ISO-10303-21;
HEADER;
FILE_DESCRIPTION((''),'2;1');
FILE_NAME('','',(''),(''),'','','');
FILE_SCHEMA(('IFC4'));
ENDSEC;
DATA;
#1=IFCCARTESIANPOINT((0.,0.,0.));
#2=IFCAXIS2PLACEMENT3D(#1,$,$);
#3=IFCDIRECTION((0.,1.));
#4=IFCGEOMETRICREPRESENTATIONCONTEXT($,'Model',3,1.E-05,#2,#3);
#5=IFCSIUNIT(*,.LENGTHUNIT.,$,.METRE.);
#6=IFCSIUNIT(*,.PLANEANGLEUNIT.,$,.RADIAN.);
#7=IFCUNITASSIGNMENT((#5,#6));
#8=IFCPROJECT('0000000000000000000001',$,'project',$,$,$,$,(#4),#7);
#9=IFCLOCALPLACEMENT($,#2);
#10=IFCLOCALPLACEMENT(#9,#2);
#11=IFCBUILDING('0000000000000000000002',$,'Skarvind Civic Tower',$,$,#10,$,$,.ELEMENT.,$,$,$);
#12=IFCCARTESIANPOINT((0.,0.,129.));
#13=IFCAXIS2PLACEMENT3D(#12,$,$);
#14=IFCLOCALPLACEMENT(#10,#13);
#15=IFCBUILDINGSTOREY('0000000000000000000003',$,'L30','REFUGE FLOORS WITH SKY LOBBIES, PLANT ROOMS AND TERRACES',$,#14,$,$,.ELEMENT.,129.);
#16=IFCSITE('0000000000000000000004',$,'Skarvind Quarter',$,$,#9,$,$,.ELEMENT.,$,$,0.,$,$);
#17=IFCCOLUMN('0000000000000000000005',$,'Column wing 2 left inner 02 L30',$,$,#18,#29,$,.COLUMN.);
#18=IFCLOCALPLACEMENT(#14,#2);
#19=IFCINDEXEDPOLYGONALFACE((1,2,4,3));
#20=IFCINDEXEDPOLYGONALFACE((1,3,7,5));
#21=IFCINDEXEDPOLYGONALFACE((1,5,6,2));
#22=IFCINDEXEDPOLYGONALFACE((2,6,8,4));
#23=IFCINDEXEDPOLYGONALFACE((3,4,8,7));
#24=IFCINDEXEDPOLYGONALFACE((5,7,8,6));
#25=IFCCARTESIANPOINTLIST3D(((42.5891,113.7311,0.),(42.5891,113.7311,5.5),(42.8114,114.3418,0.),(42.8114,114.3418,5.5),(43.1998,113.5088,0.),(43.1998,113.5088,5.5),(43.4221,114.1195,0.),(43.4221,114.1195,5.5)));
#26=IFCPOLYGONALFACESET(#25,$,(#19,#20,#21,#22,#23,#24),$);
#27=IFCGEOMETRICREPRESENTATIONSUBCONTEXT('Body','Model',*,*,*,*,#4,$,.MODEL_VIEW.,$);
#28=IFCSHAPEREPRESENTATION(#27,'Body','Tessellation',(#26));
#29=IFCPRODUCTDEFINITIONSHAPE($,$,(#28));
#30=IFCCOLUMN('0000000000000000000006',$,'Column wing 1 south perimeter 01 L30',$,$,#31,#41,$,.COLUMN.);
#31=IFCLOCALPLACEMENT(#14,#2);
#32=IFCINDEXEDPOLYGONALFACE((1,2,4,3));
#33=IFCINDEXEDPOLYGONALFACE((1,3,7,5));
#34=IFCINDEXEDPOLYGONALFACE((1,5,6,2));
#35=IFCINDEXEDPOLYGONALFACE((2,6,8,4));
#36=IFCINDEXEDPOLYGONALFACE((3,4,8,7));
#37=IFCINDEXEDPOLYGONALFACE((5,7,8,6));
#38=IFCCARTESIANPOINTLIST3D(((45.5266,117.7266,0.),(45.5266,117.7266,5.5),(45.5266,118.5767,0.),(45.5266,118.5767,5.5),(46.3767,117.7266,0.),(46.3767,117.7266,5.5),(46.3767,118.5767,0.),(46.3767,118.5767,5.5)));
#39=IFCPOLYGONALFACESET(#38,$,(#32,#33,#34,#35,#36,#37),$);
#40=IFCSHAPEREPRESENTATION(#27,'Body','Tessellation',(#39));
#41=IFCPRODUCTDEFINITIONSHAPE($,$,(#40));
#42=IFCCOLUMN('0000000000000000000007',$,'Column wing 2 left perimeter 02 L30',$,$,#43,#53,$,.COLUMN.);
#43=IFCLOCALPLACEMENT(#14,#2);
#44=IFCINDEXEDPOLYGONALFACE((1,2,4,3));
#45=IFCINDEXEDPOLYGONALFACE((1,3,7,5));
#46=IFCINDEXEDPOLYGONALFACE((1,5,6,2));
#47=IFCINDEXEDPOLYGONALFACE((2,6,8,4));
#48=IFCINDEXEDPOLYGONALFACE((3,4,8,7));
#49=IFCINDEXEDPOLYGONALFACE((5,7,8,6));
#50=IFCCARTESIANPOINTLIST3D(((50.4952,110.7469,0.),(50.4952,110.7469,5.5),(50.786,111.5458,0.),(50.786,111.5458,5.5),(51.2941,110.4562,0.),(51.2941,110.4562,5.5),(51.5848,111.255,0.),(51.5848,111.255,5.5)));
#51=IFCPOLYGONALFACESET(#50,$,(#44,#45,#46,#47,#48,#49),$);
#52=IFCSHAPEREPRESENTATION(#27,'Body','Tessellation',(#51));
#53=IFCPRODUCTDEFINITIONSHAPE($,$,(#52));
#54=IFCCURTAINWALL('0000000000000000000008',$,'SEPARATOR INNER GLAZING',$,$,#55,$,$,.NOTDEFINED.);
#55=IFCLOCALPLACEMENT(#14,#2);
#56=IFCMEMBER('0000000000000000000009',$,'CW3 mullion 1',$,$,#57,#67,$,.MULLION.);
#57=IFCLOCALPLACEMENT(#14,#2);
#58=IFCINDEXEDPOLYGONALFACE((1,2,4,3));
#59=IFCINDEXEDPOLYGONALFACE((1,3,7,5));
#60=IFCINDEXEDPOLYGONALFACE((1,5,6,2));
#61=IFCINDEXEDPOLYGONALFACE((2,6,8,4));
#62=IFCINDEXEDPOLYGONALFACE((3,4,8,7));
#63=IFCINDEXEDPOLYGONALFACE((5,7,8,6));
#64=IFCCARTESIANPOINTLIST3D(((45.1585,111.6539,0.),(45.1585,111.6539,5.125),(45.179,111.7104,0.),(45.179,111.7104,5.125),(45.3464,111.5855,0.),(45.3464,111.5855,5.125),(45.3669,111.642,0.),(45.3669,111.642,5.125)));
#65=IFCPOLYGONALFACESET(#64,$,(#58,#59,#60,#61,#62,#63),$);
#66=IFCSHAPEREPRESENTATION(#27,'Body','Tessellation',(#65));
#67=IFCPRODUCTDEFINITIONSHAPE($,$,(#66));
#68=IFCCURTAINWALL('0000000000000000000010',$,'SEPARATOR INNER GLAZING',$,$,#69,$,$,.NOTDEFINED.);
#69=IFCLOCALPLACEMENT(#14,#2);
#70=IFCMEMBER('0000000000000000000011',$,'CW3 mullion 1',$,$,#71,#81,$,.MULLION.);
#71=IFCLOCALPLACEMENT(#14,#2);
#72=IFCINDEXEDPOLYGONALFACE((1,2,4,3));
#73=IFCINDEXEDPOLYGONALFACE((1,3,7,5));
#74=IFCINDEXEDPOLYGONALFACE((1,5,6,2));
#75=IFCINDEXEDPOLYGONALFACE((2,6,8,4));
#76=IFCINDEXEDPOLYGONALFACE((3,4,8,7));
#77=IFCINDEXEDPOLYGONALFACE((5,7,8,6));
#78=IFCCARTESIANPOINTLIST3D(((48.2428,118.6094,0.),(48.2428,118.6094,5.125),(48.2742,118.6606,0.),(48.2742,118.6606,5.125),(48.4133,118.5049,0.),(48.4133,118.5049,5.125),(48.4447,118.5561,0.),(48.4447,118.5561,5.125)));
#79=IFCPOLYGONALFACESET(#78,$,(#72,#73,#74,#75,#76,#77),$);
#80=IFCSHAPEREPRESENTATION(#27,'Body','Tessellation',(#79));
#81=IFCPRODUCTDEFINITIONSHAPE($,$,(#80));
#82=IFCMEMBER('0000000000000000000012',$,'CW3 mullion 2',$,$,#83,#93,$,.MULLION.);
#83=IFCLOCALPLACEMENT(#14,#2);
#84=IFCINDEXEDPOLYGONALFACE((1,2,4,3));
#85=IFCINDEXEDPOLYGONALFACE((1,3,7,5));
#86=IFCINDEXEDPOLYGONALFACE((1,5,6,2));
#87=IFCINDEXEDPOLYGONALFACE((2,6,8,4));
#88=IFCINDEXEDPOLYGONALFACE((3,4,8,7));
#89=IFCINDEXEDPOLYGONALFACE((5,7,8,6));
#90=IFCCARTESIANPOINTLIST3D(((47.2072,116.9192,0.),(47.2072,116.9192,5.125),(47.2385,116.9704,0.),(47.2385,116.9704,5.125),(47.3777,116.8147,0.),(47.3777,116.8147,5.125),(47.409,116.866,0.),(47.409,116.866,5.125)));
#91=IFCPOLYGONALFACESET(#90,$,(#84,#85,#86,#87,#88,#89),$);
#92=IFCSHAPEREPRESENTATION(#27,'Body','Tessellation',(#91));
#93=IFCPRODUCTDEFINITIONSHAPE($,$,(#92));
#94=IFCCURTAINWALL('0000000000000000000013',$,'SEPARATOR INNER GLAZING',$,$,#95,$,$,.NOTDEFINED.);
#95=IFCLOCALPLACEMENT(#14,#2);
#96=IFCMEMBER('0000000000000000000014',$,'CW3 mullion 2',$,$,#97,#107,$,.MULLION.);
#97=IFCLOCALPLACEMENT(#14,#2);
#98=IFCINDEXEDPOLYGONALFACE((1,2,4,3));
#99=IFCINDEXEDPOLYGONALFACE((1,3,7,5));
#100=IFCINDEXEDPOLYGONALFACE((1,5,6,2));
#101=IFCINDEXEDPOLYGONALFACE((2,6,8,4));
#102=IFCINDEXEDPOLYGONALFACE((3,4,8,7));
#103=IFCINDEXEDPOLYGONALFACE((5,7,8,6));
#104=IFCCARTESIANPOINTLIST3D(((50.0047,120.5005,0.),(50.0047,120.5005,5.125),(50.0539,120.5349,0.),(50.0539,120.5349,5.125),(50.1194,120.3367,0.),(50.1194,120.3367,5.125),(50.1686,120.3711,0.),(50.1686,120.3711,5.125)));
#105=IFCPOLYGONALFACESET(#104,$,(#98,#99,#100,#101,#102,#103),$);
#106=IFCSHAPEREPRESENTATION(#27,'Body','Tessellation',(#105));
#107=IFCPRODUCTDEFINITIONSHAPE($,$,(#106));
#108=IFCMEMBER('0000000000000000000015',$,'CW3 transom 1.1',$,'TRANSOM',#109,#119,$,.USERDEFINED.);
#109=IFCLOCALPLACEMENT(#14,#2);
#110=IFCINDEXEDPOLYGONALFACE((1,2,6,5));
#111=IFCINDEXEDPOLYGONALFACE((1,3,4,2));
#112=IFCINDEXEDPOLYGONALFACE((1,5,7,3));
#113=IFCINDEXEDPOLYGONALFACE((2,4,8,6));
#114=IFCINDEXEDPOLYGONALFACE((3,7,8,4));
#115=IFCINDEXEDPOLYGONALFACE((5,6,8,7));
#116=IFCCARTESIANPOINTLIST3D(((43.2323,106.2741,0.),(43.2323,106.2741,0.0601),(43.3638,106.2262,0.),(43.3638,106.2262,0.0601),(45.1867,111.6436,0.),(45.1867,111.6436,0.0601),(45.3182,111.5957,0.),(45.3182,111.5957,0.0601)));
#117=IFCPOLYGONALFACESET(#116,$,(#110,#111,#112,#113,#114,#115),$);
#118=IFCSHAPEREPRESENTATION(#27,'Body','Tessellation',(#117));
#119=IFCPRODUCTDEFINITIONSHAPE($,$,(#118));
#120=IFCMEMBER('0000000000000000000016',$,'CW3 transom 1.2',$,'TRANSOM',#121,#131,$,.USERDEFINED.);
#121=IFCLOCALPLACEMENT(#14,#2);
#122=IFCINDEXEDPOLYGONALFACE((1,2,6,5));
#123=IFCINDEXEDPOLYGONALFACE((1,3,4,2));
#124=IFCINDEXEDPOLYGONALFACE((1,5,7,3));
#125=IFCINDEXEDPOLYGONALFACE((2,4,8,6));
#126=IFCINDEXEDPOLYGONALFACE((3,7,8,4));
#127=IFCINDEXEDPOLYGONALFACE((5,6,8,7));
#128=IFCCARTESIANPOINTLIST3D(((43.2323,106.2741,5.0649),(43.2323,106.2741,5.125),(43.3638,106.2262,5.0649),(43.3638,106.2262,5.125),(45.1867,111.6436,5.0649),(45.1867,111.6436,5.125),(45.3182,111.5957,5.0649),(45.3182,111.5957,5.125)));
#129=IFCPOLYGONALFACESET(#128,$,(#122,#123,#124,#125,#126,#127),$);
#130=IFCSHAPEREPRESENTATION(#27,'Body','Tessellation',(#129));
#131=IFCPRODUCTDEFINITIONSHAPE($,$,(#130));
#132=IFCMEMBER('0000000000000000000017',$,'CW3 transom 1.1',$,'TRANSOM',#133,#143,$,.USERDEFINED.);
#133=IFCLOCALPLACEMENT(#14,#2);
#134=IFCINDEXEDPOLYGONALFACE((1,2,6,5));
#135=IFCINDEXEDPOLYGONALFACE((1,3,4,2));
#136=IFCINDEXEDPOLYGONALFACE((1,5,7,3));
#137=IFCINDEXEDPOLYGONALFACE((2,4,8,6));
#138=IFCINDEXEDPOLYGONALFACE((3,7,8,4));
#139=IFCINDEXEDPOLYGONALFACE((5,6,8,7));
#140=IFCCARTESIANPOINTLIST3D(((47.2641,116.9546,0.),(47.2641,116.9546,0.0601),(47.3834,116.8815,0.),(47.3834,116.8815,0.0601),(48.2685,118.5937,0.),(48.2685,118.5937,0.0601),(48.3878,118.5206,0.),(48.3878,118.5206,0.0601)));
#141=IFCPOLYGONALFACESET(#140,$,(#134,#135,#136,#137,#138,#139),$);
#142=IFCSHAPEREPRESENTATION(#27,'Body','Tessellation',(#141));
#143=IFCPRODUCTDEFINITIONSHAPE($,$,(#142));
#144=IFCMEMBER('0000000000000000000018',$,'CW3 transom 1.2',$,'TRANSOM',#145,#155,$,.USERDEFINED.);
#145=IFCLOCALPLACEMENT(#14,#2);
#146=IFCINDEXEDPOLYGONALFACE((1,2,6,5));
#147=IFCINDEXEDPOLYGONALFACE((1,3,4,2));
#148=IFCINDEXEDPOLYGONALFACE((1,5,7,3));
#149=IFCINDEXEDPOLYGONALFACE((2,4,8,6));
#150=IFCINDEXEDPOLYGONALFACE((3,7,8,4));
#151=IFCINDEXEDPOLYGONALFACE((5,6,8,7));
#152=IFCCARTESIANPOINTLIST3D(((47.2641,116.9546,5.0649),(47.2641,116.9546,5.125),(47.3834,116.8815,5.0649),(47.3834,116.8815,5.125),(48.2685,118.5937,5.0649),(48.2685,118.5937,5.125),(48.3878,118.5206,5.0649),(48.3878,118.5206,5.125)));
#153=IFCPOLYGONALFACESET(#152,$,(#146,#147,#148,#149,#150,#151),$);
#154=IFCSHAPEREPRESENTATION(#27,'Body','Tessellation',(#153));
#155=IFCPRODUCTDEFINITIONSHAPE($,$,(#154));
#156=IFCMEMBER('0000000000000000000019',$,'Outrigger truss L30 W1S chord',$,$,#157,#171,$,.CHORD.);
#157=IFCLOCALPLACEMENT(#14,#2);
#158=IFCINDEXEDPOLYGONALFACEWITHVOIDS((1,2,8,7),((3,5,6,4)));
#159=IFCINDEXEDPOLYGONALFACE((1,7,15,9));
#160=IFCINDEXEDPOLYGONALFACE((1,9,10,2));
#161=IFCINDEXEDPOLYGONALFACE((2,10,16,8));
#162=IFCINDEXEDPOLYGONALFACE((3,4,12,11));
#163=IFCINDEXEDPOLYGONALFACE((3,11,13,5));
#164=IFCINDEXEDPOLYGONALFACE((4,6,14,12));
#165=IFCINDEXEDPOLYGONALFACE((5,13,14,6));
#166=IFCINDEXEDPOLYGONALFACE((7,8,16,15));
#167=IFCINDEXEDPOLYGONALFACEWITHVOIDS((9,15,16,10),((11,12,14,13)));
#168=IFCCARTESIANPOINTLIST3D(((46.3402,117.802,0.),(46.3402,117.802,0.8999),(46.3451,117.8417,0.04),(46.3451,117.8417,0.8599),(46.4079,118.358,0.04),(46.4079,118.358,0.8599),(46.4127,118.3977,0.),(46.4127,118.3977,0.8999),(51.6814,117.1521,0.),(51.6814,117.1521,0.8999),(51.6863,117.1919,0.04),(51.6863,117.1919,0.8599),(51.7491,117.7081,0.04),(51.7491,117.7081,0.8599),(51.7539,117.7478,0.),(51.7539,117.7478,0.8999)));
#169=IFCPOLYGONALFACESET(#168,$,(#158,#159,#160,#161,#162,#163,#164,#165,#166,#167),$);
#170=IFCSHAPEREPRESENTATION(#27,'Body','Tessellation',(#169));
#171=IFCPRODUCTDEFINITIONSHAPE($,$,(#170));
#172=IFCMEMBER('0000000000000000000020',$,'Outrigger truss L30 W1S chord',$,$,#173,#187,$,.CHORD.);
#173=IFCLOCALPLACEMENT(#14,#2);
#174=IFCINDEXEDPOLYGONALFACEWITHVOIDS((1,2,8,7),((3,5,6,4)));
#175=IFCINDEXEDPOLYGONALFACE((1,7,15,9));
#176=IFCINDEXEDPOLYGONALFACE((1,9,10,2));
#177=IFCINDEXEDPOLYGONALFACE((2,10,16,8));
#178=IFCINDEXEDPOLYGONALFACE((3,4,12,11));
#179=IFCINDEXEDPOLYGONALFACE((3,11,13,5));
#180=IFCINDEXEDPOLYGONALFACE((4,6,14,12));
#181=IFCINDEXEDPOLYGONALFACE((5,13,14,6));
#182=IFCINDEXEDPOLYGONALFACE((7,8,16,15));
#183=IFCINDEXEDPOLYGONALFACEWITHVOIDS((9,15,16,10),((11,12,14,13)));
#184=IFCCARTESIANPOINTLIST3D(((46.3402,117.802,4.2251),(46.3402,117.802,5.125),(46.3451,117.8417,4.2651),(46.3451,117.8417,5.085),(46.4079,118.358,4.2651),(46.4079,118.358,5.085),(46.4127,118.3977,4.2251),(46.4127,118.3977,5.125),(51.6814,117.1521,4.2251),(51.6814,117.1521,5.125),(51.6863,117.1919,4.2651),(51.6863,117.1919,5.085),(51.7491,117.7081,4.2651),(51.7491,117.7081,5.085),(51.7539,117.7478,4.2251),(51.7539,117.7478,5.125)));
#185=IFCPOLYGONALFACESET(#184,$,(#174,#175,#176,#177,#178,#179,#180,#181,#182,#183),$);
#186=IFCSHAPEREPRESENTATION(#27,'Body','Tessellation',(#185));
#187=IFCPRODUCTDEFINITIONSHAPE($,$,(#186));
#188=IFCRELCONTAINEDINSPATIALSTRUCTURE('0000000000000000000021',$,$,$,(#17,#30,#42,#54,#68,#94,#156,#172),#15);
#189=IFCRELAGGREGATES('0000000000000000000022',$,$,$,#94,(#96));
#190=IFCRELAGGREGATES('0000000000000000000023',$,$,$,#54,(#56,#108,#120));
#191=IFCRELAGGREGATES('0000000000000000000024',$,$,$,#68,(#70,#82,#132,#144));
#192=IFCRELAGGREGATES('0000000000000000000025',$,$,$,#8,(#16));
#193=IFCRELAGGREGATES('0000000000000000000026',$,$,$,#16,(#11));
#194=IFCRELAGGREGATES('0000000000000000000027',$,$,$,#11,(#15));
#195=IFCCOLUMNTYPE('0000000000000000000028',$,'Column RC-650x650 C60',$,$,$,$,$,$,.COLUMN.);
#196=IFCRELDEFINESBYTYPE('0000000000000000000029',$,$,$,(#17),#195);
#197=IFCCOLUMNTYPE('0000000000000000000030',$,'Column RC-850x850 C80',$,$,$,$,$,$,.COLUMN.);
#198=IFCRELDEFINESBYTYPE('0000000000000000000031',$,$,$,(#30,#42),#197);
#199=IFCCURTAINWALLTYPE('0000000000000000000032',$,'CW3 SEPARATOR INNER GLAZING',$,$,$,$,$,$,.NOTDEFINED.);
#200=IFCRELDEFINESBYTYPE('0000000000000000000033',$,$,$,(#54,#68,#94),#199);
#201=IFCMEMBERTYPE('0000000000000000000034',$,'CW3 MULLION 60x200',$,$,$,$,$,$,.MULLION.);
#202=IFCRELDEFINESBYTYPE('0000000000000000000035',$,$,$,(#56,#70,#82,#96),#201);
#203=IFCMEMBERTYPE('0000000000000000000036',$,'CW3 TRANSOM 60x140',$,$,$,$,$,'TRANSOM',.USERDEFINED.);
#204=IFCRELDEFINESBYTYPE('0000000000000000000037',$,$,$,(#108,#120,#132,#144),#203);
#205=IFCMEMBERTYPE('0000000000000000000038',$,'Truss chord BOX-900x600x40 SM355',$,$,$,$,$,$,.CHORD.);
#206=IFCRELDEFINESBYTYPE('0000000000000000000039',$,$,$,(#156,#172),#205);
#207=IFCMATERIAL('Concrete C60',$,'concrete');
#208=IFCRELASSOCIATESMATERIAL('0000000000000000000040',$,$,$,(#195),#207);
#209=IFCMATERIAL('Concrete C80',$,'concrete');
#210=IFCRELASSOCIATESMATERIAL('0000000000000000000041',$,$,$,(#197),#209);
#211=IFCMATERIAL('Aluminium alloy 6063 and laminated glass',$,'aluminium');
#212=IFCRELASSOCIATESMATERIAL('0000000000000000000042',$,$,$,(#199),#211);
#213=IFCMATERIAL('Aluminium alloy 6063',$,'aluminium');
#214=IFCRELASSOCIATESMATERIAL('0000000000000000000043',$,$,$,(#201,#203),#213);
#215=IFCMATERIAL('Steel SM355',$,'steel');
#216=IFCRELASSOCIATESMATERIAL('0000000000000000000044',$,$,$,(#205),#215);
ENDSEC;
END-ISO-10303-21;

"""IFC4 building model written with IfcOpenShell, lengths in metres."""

from ifc_helpers import new_model, si_unit, direction, frame, origin, origin_2d, place, context, subcontext, project, spatial, rectangle, hollow_rectangle, extrude, material, material_profile, profile_set, type_object, element, aggregate, save


model = new_model("IFC4")

# Units and contexts
model_context = context("Model", 3, precision=1e-05, world=origin(), true_north=direction((0.0, 1.0)))
body_context = subcontext(model_context, "Body", "Model", "MODEL_VIEW")
ifc_project = project(units=[si_unit("LENGTHUNIT", "METRE"), si_unit("PLANEANGLEUNIT", "RADIAN")], contexts=[model_context])

# Site, building, storey
site_placement = place(None, origin())
site = spatial("IfcSite", under=ifc_project, at=site_placement, Name="Skarvind Quarter", CompositionType="ELEMENT", RefElevation=0.0)
building_placement = place(site_placement, origin())
building = spatial("IfcBuilding", under=site, at=building_placement, Name="Skarvind Civic Tower", CompositionType="ELEMENT")
storey_placement = place(building_placement, frame((0.0, 0.0, 129.0)))
storey = spatial("IfcBuildingStorey", under=building, at=storey_placement, Name="L30", Description="REFUGE FLOORS WITH SKY LOBBIES, PLANT ROOMS AND TERRACES", CompositionType="ELEMENT", Elevation=129.0)

# Columns
ifc_material_1 = material(Name="Concrete C60", Category="concrete")
ifc_material_profile_1 = material_profile(ifc_material_1, rectangle(XDim=0.6499, YDim=0.6499, at=origin_2d()), Name="RC-650x650")
ifc_profile_set_1 = profile_set([ifc_material_profile_1], Name="Concrete C60")
column_type_1 = type_object("IfcColumnType", Name="Column RC-650x650 C60", PredefinedType="COLUMN", material=ifc_profile_set_1)
column_placement = place(storey_placement, frame((43.0056, 113.9253, 0.0), z_axis=(0.0, 0.0, 1.0), x_axis=(-0.34202, -0.939693, 0.0)))
element("IfcColumn", 1, at=column_placement, inside=storey, type_object=column_type_1, Name="Column wing 2 left inner 02 L30", PredefinedType="COLUMN", context=body_context, shape_type="SweptSolid", body=[
    extrude(rectangle(XDim=0.6499, YDim=0.6499, at=origin_2d()), origin(), (0.0, 0.0, 1.0), 5.5),
])
ifc_material_2 = material(Name="Concrete C80", Category="concrete")
ifc_material_profile_2 = material_profile(ifc_material_2, rectangle(XDim=0.8501, YDim=0.8501, at=origin_2d()), Name="RC-850x850")
ifc_profile_set_2 = profile_set([ifc_material_profile_2], Name="Concrete C80")
column_type_2 = type_object("IfcColumnType", Name="Column RC-850x850 C80", PredefinedType="COLUMN", material=ifc_profile_set_2)
for number, where, z_axis, x_axis, name in (
    (2, (45.9517, 118.1516, 0.0), (0.0, 0.0, 1.0), (1.0, 0.0, 0.0), "Column wing 1 south perimeter 01 L30"),
    (3, (51.04, 111.001, 0.0), (0.0, 0.0, 1.0), (-0.34202, -0.939693, 0.0), "Column wing 2 left perimeter 02 L30"),
):
    element("IfcColumn", number, at=place(storey_placement, frame(where, z_axis=z_axis, x_axis=x_axis)), inside=storey, type_object=column_type_2, Name=name, PredefinedType="COLUMN", context=body_context, shape_type="SweptSolid", body=[
        extrude(rectangle(XDim=0.8501, YDim=0.8501, at=origin_2d()), origin(), (0.0, 0.0, 1.0), 5.5),
    ])

# Curtain wall, member
ifc_material_3 = material(Name="Aluminium alloy 6063 and laminated glass", Category="aluminium")
curtain_wall_type = type_object("IfcCurtainWallType", Name="CW3 SEPARATOR INNER GLAZING", PredefinedType="NOTDEFINED", material=ifc_material_3)
curtain_wall_1_placement = place(storey_placement, origin())
curtain_wall_1 = element("IfcCurtainWall", 4, at=curtain_wall_1_placement, inside=storey, type_object=curtain_wall_type, Name="SEPARATOR INNER GLAZING", PredefinedType="NOTDEFINED")
ifc_material_4 = material(Name="Aluminium alloy 6063", Category="aluminium")
ifc_material_profile_3 = material_profile(ifc_material_4, rectangle(XDim=0.2, YDim=0.0601, at=origin_2d()), Name="AL 60x200")
ifc_profile_set_3 = profile_set([ifc_material_profile_3], Name="Aluminium alloy 6063")
member_type_1 = type_object("IfcMemberType", Name="CW3 MULLION 60x200", PredefinedType="MULLION", material=ifc_profile_set_3)
member_1_placement = place(storey_placement, frame((45.2627, 111.6479, 0.0), z_axis=(0.0, 0.0, 1.0), x_axis=(0.939693, -0.342018, 0.0)))
member_1 = element("IfcMember", 5, at=member_1_placement, type_object=member_type_1, Name="CW3 mullion 1", PredefinedType="MULLION", context=body_context, shape_type="SweptSolid", body=[
    extrude(rectangle(XDim=0.2, YDim=0.0601, at=origin_2d()), origin(), (0.0, 0.0, 1.0), 5.125),
])

# Curtain wall, members
curtain_wall_2_placement = place(storey_placement, origin())
curtain_wall_2 = element("IfcCurtainWall", 6, at=curtain_wall_2_placement, inside=storey, type_object=curtain_wall_type, Name="SEPARATOR INNER GLAZING", PredefinedType="NOTDEFINED")
member_2_placement = place(storey_placement, frame((48.3438, 118.5828, 0.0), z_axis=(0.0, 0.0, 1.0), x_axis=(0.852691, -0.522416, 0.0)))
member_2 = element("IfcMember", 7, at=member_2_placement, type_object=member_type_1, Name="CW3 mullion 1", PredefinedType="MULLION", context=body_context, shape_type="SweptSolid", body=[
    extrude(rectangle(XDim=0.2, YDim=0.0601, at=origin_2d()), origin(), (0.0, 0.0, 1.0), 5.125),
])
member_3_placement = place(storey_placement, frame((47.3081, 116.8926, 0.0), z_axis=(0.0, 0.0, 1.0), x_axis=(0.852691, -0.522416, 0.0)))
member_3 = element("IfcMember", 8, at=member_3_placement, type_object=member_type_1, Name="CW3 mullion 2", PredefinedType="MULLION", context=body_context, shape_type="SweptSolid", body=[
    extrude(rectangle(XDim=0.2, YDim=0.0601, at=origin_2d()), origin(), (0.0, 0.0, 1.0), 5.125),
])

# Curtain wall, member
curtain_wall_3_placement = place(storey_placement, origin())
curtain_wall_3 = element("IfcCurtainWall", 9, at=curtain_wall_3_placement, inside=storey, type_object=curtain_wall_type, Name="SEPARATOR INNER GLAZING", PredefinedType="NOTDEFINED")
member_4_placement = place(storey_placement, frame((50.0867, 120.4358, 0.0), z_axis=(0.0, 0.0, 1.0), x_axis=(0.573584, -0.819147, 0.0)))
member_4 = element("IfcMember", 10, at=member_4_placement, type_object=member_type_1, Name="CW3 mullion 2", PredefinedType="MULLION", context=body_context, shape_type="SweptSolid", body=[
    extrude(rectangle(XDim=0.2, YDim=0.0601, at=origin_2d()), origin(), (0.0, 0.0, 1.0), 5.125),
])
aggregate(curtain_wall_3, [member_4])

# Members
ifc_material_profile_4 = material_profile(ifc_material_4, rectangle(XDim=0.1399, YDim=0.0601, at=origin_2d()), Name="AL 60x140")
ifc_profile_set_4 = profile_set([ifc_material_profile_4], Name="Aluminium alloy 6063")
member_type_2 = type_object("IfcMemberType", Name="CW3 TRANSOM 60x140", ElementType="TRANSOM", PredefinedType="USERDEFINED", material=ifc_profile_set_4)
member_5_placement = place(storey_placement, frame((45.2524, 111.6196, 0.03), z_axis=(-0.342028, -0.93969, 0.0), x_axis=(0.93969, -0.342028, 0.0)))
member_5 = element("IfcMember", 11, at=member_5_placement, type_object=member_type_2, Name="CW3 transom 1.1", ObjectType="TRANSOM", PredefinedType="USERDEFINED", context=body_context, shape_type="SweptSolid", body=[
    extrude(rectangle(XDim=0.1399, YDim=0.0601, at=origin_2d()), origin(), (0.0, 0.0, 1.0), 5.7141),
])
member_6_placement = place(storey_placement, frame((45.2524, 111.6196, 5.095), z_axis=(-0.342028, -0.93969, 0.0), x_axis=(0.93969, -0.342028, 0.0)))
member_6 = element("IfcMember", 12, at=member_6_placement, type_object=member_type_2, Name="CW3 transom 1.2", ObjectType="TRANSOM", PredefinedType="USERDEFINED", context=body_context, shape_type="SweptSolid", body=[
    extrude(rectangle(XDim=0.1399, YDim=0.0601, at=origin_2d()), origin(), (0.0, 0.0, 1.0), 5.7141),
])
member_7_placement = place(storey_placement, frame((48.3281, 118.5571, 0.03), z_axis=(-0.522467, -0.85266, 0.0), x_axis=(0.85266, -0.522467, 0.0)))
member_7 = element("IfcMember", 13, at=member_7_placement, type_object=member_type_2, Name="CW3 transom 1.1", ObjectType="TRANSOM", PredefinedType="USERDEFINED", context=body_context, shape_type="SweptSolid", body=[
    extrude(rectangle(XDim=0.1399, YDim=0.0601, at=origin_2d()), origin(), (0.0, 0.0, 1.0), 1.9224),
])
member_8_placement = place(storey_placement, frame((48.3281, 118.5571, 5.095), z_axis=(-0.522467, -0.85266, 0.0), x_axis=(0.85266, -0.522467, 0.0)))
member_8 = element("IfcMember", 14, at=member_8_placement, type_object=member_type_2, Name="CW3 transom 1.2", ObjectType="TRANSOM", PredefinedType="USERDEFINED", context=body_context, shape_type="SweptSolid", body=[
    extrude(rectangle(XDim=0.1399, YDim=0.0601, at=origin_2d()), origin(), (0.0, 0.0, 1.0), 1.9224),
])

# Members
ifc_material_5 = material(Name="Steel SM355", Category="steel")
ifc_material_profile_5 = material_profile(ifc_material_5, hollow_rectangle(XDim=0.6001, YDim=0.8999, WallThickness=0.04, at=origin_2d()), Name="BOX-900x600x40")
ifc_profile_set_5 = profile_set([ifc_material_profile_5], Name="Steel SM355")
member_type_3 = type_object("IfcMemberType", Name="Truss chord BOX-900x600x40 SM355", PredefinedType="CHORD", material=ifc_profile_set_5)
for number, where, z_axis, x_axis, name in (
    (15, (46.3765, 118.0999, 0.45), (0.992679, -0.120784, 0.0), (0.120784, 0.992679, 0.0), "Outrigger truss L30 W1S chord"),
    (16, (46.3765, 118.0999, 4.675), (0.992679, -0.120784, 0.0), (0.120784, 0.992679, 0.0), "Outrigger truss L30 W1S chord"),
):
    element("IfcMember", number, at=place(storey_placement, frame(where, z_axis=z_axis, x_axis=x_axis)), inside=storey, type_object=member_type_3, Name=name, PredefinedType="CHORD", context=body_context, shape_type="SweptSolid", body=[
        extrude(hollow_rectangle(XDim=0.6001, YDim=0.8999, WallThickness=0.04, at=origin_2d()), origin(), (0.0, 0.0, 1.0), 5.3806),
    ])

aggregate(curtain_wall_1, [member_1, member_5, member_6])
aggregate(curtain_wall_2, [member_2, member_3, member_7, member_8])

save(model, "model.ifc")
